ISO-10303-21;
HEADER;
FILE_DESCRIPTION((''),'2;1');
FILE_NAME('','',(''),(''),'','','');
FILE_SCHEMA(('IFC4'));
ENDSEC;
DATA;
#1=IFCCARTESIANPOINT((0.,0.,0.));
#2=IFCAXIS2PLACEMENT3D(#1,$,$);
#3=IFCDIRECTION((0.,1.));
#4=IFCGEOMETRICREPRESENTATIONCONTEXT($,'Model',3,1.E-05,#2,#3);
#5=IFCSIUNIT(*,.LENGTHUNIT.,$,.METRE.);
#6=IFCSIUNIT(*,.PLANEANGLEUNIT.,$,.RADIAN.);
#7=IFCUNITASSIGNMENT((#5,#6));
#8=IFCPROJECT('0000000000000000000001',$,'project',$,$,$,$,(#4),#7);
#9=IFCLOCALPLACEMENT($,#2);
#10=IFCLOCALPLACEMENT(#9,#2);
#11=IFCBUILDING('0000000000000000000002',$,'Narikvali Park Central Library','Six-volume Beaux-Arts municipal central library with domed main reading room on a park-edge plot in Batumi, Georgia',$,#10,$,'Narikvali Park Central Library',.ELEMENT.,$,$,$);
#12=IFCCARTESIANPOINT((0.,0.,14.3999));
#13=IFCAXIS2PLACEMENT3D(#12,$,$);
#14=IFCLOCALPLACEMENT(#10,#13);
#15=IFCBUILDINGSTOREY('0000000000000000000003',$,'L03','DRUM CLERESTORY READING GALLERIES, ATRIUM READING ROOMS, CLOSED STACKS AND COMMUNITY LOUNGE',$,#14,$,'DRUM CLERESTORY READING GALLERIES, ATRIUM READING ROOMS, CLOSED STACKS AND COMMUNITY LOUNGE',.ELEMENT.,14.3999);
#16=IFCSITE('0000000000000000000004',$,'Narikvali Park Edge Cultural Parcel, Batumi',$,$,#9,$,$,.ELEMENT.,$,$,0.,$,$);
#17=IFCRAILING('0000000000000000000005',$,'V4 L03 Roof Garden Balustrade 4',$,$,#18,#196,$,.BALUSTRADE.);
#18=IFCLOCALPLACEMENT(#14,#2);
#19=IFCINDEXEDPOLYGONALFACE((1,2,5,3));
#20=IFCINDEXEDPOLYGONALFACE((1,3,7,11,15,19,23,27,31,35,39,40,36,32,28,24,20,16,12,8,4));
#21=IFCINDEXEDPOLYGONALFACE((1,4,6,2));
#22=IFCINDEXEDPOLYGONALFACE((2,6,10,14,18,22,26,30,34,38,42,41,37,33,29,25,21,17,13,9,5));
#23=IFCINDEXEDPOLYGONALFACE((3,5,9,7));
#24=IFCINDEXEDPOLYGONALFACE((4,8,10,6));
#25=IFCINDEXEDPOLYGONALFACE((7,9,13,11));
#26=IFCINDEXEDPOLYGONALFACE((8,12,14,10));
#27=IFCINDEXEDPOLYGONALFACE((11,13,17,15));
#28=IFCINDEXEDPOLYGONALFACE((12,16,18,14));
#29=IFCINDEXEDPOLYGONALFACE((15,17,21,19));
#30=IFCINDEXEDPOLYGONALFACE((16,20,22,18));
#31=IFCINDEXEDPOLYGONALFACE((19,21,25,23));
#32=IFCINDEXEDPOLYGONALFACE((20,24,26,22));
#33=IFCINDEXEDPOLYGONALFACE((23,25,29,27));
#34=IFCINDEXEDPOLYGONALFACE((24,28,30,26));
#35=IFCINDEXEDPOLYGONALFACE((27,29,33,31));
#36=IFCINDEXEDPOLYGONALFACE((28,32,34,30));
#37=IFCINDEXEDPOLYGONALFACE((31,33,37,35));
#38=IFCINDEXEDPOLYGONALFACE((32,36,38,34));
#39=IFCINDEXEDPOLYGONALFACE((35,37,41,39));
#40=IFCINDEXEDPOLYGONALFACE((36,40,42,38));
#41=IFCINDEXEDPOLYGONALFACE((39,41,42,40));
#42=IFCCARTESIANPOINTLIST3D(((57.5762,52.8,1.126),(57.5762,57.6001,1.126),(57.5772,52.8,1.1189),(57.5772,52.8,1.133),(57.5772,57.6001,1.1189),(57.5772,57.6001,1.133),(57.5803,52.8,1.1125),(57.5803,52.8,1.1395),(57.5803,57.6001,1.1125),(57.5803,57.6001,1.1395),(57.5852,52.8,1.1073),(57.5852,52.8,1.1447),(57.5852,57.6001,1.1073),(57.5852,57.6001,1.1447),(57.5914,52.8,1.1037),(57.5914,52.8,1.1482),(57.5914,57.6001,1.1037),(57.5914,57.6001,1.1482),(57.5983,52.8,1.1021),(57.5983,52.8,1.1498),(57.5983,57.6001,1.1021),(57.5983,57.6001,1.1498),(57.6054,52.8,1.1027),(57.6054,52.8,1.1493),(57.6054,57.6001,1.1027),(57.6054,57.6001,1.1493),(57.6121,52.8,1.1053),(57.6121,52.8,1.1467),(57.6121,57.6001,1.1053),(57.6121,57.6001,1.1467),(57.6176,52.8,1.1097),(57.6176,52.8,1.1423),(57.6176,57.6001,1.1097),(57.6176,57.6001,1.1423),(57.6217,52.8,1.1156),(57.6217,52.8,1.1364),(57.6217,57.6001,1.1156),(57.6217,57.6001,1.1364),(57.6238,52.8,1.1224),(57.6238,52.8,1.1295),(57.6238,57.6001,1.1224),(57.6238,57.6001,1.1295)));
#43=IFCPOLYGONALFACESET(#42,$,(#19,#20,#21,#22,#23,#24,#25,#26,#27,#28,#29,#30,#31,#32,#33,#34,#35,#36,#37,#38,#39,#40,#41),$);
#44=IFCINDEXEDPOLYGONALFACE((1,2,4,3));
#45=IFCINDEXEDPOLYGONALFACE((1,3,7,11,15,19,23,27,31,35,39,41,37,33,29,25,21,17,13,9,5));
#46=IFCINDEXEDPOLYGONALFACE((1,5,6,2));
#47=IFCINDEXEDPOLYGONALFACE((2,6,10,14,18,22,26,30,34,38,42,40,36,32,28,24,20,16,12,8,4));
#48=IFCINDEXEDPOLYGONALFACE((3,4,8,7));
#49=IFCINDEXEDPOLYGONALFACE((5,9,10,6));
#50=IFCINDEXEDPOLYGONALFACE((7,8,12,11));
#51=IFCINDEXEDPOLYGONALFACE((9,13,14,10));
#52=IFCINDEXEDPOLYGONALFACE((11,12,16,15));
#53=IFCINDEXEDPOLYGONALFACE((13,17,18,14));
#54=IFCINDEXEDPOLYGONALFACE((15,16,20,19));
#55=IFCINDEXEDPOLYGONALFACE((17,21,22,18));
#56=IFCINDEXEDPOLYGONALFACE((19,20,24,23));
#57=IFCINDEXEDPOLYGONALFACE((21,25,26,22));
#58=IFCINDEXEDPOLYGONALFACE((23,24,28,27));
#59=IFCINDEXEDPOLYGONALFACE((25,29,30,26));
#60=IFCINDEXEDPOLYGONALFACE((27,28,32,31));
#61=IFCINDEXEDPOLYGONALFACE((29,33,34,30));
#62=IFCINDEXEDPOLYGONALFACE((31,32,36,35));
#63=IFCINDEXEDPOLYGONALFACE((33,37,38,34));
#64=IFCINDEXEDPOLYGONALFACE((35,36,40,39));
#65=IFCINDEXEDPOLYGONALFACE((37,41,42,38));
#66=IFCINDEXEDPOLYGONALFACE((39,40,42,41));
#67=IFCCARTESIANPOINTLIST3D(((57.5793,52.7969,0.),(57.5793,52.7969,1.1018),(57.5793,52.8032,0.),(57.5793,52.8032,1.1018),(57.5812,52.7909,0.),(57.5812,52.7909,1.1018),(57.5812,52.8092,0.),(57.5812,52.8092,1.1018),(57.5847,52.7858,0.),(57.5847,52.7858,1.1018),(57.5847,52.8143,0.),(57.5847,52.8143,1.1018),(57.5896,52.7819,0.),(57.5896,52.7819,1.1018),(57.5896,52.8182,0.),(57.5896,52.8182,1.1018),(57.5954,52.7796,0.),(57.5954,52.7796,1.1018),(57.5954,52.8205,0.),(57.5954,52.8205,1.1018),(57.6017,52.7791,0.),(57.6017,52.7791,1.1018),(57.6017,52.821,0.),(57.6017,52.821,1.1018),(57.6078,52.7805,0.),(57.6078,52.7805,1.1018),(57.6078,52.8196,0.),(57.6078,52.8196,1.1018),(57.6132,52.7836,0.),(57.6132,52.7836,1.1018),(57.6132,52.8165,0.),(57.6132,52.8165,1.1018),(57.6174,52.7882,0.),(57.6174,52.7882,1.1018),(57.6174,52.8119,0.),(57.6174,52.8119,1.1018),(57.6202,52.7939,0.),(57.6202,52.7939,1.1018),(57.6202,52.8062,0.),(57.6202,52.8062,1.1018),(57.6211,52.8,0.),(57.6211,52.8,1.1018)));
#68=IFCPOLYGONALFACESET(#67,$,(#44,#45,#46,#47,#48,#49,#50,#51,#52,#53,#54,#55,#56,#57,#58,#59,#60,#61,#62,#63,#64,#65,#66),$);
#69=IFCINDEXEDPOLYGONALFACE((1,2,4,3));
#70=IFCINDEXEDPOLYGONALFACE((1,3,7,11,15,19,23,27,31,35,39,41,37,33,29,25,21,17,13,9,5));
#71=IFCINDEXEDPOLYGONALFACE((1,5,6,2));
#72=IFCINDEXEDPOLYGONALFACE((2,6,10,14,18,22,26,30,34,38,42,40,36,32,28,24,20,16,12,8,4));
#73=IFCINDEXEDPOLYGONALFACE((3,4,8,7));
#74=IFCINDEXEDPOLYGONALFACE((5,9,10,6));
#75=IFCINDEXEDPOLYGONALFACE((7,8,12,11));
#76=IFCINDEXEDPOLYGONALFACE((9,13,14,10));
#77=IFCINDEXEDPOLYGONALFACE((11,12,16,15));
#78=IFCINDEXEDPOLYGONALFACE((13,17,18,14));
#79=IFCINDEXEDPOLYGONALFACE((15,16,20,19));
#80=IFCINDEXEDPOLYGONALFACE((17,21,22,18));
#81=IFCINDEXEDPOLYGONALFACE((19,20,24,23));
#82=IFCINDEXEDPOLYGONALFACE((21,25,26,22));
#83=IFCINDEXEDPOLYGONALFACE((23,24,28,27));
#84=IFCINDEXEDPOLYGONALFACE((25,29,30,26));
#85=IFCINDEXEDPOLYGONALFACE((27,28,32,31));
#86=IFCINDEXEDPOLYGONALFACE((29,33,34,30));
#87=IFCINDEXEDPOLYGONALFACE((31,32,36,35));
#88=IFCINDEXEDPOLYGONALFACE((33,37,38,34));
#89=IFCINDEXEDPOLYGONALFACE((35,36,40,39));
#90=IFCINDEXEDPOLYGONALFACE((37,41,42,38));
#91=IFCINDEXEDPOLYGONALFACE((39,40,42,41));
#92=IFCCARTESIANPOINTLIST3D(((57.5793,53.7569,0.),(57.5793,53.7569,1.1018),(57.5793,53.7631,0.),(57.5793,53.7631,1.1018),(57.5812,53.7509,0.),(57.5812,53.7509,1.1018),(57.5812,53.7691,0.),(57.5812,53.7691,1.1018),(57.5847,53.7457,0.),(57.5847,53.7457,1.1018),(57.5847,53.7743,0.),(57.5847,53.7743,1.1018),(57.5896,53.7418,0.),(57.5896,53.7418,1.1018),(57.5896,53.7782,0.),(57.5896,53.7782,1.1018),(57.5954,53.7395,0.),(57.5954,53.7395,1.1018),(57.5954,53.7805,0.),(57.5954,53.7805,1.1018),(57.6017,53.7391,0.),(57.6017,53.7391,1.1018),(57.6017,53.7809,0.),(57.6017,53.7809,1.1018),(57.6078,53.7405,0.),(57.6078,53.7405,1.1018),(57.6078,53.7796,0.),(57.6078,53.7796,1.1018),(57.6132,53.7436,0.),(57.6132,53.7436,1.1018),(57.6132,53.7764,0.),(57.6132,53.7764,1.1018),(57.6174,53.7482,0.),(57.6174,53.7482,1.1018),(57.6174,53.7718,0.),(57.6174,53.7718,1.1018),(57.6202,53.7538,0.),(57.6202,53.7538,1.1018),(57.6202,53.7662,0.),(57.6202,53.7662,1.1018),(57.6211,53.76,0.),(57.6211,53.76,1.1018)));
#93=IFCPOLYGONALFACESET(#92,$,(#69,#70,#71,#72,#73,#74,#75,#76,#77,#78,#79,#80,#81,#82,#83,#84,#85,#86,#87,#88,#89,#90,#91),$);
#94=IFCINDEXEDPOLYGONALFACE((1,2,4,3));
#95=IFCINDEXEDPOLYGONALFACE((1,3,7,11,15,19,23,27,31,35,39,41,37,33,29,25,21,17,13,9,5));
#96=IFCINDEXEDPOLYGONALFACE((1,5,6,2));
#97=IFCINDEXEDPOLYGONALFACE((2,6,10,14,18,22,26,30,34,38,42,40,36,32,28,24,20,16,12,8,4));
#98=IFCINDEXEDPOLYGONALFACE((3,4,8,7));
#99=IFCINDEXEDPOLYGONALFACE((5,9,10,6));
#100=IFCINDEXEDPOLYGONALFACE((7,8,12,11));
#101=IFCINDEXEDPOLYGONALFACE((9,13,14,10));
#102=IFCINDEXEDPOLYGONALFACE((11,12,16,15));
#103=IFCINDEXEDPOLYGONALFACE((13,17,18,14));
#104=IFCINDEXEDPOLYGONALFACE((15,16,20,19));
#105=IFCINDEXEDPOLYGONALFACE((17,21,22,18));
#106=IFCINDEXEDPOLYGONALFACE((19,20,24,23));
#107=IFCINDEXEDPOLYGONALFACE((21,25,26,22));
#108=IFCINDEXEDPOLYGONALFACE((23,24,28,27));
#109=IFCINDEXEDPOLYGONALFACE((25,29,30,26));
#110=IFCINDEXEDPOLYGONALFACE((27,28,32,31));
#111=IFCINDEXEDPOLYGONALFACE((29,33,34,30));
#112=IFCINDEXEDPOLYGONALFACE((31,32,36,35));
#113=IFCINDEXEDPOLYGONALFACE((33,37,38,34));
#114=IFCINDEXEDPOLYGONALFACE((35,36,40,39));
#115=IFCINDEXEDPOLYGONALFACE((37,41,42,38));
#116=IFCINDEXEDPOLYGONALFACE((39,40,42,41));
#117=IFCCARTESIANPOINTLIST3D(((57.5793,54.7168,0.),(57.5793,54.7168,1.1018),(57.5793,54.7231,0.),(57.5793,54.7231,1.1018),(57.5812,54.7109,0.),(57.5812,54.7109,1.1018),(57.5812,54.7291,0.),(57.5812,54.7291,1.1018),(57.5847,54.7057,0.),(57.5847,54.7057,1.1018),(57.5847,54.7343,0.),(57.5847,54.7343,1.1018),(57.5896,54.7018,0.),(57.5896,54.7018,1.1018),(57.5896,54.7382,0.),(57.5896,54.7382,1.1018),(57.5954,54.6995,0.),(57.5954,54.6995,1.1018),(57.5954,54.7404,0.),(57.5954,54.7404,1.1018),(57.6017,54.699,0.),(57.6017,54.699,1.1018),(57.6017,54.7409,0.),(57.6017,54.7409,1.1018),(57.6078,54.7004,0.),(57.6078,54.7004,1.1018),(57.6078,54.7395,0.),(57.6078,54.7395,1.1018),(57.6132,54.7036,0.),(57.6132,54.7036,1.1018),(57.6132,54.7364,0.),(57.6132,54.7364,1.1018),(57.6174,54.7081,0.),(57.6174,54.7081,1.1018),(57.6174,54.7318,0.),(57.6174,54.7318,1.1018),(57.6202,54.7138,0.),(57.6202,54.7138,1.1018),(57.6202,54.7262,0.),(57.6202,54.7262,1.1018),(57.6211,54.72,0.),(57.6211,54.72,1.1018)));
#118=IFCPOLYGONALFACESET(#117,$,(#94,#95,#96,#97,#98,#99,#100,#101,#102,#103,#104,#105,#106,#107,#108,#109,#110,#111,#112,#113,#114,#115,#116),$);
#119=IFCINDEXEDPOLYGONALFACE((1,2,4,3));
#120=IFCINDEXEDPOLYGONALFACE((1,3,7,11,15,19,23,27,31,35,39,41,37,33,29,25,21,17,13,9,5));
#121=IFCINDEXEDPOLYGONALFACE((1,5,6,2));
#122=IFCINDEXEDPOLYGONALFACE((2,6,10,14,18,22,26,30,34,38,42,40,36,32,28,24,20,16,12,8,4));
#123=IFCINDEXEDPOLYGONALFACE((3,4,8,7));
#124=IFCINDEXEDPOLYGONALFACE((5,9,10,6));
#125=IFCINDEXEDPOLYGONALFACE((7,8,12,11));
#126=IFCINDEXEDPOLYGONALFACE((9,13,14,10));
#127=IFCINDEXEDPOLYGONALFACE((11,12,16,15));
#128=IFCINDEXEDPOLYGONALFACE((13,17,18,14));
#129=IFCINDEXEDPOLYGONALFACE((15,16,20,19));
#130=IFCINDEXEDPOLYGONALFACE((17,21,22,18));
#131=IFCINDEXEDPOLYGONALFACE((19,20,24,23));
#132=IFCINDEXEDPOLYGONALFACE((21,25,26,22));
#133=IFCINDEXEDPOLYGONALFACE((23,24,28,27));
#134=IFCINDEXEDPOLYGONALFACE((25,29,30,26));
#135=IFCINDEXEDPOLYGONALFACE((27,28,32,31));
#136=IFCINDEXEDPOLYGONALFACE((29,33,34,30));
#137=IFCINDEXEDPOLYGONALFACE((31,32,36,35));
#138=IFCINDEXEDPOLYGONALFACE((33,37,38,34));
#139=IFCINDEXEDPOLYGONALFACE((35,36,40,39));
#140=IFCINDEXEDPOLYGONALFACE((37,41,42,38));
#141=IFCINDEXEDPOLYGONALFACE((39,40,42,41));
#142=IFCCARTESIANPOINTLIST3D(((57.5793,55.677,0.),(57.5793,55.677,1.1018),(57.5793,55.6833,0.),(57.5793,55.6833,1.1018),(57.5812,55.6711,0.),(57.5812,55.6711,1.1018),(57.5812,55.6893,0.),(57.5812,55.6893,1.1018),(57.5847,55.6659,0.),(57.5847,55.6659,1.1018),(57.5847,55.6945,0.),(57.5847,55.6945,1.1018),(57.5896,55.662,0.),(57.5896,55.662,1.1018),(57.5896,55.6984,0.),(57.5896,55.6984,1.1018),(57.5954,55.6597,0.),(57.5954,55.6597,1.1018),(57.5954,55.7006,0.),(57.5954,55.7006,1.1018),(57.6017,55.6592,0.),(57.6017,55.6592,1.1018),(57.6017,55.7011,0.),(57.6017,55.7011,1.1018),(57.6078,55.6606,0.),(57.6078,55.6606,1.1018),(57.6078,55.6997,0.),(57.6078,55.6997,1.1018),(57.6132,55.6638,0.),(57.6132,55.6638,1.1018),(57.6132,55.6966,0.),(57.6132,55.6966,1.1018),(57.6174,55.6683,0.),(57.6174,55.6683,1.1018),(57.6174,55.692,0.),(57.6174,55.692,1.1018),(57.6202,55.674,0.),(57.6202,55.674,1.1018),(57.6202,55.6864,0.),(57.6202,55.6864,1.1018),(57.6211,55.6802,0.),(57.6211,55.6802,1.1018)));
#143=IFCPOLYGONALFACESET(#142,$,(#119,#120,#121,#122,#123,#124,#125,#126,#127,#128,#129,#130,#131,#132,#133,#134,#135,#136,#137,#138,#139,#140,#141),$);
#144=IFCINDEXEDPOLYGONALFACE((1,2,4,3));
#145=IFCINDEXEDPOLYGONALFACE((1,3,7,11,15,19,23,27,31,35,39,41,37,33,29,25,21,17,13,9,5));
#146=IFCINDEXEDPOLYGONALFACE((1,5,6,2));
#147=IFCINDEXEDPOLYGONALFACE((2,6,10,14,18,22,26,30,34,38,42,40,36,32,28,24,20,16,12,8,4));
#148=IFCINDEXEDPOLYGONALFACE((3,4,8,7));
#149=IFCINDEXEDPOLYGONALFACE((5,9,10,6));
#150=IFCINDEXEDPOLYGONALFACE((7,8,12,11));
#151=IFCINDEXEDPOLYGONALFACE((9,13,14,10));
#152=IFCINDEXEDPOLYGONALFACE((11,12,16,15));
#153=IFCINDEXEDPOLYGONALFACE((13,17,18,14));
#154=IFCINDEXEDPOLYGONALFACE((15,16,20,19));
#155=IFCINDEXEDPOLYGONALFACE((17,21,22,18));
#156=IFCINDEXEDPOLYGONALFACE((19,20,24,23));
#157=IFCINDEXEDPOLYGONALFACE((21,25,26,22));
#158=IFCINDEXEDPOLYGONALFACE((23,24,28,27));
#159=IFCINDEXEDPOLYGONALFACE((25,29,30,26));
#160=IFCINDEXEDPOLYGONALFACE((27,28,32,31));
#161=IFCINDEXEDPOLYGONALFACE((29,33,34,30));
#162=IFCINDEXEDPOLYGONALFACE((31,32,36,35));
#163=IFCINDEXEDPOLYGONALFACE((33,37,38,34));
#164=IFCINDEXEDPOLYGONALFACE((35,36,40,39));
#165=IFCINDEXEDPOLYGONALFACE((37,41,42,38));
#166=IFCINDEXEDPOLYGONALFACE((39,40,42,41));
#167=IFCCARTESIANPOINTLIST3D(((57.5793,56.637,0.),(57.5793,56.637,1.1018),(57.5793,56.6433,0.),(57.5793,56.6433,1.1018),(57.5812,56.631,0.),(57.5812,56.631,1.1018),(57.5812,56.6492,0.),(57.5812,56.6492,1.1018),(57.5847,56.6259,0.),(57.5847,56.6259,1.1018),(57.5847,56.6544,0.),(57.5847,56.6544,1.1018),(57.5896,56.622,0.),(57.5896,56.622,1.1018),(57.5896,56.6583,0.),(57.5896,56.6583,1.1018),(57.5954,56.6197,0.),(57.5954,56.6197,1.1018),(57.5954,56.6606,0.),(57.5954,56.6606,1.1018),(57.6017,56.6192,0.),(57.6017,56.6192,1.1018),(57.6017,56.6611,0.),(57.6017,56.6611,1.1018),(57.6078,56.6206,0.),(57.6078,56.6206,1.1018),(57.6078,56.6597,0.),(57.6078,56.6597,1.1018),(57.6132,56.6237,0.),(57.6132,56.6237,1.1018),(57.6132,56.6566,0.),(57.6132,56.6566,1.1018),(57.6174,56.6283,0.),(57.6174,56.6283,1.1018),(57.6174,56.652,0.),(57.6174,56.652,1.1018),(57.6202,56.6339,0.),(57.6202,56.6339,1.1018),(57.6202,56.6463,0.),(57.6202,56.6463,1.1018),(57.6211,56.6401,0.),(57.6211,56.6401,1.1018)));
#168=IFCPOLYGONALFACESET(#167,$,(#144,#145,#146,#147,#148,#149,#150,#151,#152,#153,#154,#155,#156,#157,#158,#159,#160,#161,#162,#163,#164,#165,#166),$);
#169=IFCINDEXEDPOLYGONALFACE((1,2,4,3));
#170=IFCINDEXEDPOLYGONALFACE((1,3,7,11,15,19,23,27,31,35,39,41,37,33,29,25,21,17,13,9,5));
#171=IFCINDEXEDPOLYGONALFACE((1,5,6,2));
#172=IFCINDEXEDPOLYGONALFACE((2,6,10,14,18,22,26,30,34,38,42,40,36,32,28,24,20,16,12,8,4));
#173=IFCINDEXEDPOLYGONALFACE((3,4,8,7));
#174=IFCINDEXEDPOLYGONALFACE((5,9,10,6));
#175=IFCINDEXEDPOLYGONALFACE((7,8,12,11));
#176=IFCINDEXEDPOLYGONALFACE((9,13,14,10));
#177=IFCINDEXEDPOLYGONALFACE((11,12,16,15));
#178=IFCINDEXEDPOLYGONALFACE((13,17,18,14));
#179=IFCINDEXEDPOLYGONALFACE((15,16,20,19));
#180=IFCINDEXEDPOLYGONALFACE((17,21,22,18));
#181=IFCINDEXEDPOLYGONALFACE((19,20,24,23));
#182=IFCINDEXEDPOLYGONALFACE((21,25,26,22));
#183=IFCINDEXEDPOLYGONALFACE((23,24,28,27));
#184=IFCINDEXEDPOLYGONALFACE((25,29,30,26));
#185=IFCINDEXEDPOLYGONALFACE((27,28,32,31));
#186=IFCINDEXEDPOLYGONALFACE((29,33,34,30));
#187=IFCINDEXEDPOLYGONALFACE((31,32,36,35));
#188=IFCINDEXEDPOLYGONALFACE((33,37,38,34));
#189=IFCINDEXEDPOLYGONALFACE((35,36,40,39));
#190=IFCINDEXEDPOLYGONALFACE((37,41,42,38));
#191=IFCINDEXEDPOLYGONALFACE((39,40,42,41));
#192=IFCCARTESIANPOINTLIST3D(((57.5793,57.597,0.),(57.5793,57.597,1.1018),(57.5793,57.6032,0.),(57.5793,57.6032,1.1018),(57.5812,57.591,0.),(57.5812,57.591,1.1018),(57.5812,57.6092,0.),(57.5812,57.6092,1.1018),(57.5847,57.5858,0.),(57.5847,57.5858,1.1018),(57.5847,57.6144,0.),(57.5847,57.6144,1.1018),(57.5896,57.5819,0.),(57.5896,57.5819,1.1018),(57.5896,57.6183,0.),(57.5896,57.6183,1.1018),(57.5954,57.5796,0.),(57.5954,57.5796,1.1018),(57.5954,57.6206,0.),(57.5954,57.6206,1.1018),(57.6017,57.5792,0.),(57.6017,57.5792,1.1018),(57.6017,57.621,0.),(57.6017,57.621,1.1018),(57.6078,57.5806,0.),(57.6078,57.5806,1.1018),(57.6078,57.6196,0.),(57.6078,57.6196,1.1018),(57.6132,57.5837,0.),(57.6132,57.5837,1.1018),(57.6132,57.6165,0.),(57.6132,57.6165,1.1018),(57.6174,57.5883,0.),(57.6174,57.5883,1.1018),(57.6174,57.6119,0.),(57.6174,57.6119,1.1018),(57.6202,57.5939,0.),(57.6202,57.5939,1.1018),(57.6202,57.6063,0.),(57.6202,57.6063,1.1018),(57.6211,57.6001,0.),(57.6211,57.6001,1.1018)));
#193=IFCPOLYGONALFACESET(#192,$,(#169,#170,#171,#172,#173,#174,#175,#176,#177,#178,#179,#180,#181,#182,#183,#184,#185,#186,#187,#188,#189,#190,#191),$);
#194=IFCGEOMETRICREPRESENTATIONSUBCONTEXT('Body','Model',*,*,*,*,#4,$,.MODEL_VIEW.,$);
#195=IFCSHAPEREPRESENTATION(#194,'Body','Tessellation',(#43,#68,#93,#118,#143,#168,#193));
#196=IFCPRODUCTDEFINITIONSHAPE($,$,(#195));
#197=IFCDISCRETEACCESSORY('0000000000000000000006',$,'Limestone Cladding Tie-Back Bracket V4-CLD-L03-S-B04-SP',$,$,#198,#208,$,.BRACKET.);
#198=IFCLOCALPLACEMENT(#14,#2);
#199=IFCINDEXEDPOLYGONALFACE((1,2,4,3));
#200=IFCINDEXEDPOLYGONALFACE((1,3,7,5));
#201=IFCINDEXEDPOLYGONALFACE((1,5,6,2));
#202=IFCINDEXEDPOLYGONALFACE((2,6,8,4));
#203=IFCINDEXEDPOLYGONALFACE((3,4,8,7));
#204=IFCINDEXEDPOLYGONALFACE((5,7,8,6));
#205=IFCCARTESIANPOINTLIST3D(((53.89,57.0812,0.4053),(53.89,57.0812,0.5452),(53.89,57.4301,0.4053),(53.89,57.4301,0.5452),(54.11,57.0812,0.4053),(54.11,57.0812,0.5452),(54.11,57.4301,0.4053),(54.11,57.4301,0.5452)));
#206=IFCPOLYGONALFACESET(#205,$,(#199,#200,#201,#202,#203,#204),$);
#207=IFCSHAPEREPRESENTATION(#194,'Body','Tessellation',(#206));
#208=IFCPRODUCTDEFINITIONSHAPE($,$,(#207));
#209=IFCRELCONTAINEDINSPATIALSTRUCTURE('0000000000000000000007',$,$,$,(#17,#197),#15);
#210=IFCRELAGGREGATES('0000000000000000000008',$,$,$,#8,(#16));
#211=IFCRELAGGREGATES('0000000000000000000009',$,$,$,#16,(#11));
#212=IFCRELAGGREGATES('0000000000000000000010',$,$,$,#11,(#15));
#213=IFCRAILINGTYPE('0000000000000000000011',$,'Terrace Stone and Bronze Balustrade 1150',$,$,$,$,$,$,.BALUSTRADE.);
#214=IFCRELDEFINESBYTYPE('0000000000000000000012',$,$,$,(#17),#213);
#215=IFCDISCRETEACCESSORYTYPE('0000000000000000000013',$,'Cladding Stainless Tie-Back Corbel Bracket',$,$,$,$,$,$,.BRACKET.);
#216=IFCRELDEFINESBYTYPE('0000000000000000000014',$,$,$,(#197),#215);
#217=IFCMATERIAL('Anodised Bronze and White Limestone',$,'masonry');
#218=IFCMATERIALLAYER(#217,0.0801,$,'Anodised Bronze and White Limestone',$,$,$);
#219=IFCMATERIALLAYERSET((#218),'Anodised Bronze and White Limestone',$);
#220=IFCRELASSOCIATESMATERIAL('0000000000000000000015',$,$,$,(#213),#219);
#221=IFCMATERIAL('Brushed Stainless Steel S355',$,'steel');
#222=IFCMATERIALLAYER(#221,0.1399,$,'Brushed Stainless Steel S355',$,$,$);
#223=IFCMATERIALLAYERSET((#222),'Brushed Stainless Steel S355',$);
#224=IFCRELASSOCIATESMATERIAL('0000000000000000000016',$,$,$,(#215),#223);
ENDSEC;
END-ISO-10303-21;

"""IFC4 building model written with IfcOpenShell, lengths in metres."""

from ifc_helpers import new_model, si_unit, direction, frame, origin, origin_2d, place, context, subcontext, project, spatial, rectangle, circle, extrude, material, layer, layer_set, type_object, element, save


model = new_model("IFC4")

# Units and contexts
model_context = context("Model", 3, precision=1e-05, world=origin(), true_north=direction((0.0, 1.0)))
body_context = subcontext(model_context, "Body", "Model", "MODEL_VIEW")
ifc_project = project(units=[si_unit("LENGTHUNIT", "METRE"), si_unit("PLANEANGLEUNIT", "RADIAN")], contexts=[model_context])

# Site, building, storey
site_placement = place(None, origin())
site = spatial("IfcSite", under=ifc_project, at=site_placement, Name="Narikvali Park Edge Cultural Parcel, Batumi", CompositionType="ELEMENT", RefElevation=0.0)
building_placement = place(site_placement, origin())
building = spatial("IfcBuilding", under=site, at=building_placement, Name="Narikvali Park Central Library", Description="Six-volume Beaux-Arts municipal central library with domed main reading room on a park-edge plot in Batumi, Georgia", LongName="Narikvali Park Central Library", CompositionType="ELEMENT")
storey_placement = place(building_placement, frame((0.0, 0.0, 14.3999)))
storey = spatial("IfcBuildingStorey", under=building, at=storey_placement, Name="L03", Description="DRUM CLERESTORY READING GALLERIES, ATRIUM READING ROOMS, CLOSED STACKS AND COMMUNITY LOUNGE", LongName="DRUM CLERESTORY READING GALLERIES, ATRIUM READING ROOMS, CLOSED STACKS AND COMMUNITY LOUNGE", CompositionType="ELEMENT", Elevation=14.3999)

# Railing
ifc_material_1 = material(Name="Anodised Bronze and White Limestone", Category="masonry")
ifc_layer_1 = layer(ifc_material_1, 0.0801, Name="Anodised Bronze and White Limestone")
ifc_layer_set_1 = layer_set([ifc_layer_1], Name="Anodised Bronze and White Limestone")
railing_type_1 = type_object("IfcRailingType", Name="Terrace Stone and Bronze Balustrade 1150", PredefinedType="BALUSTRADE", material=ifc_layer_set_1)
railing_1_placement = place(storey_placement, frame((57.6001, 52.8, 0.0)))
element("IfcRailing", 1, at=railing_1_placement, inside=storey, type_object=railing_type_1, Name="V4 L03 Roof Garden Balustrade 4", PredefinedType="BALUSTRADE", context=body_context, shape_type="SweptSolid", body=[
    extrude(circle(Radius=0.0239, at=origin_2d()), frame((0.0, 0.0, 1.126), z_axis=(0.0, 1.0, 0.0), x_axis=(-1.0, 0.0, 0.0)), (0.0, 0.0, 1.0), 4.8),
    extrude(circle(Radius=0.021, at=origin_2d()), origin(), (0.0, 0.0, 1.0), 1.1018),
    extrude(circle(Radius=0.021, at=origin_2d()), frame((0.0, 0.96, 0.0)), (0.0, 0.0, 1.0), 1.1018),
    extrude(circle(Radius=0.021, at=origin_2d()), frame((0.0, 1.9199, 0.0)), (0.0, 0.0, 1.0), 1.1018),
    extrude(circle(Radius=0.021, at=origin_2d()), frame((0.0, 2.8801, 0.0)), (0.0, 0.0, 1.0), 1.1018),
    extrude(circle(Radius=0.021, at=origin_2d()), frame((0.0, 3.8401, 0.0)), (0.0, 0.0, 1.0), 1.1018),
    extrude(circle(Radius=0.021, at=origin_2d()), frame((0.0, 4.8, 0.0)), (0.0, 0.0, 1.0), 1.1018),
])

# Discrete accessory
ifc_material_2 = material(Name="Brushed Stainless Steel S355", Category="steel")
ifc_layer_2 = layer(ifc_material_2, 0.1399, Name="Brushed Stainless Steel S355")
ifc_layer_set_2 = layer_set([ifc_layer_2], Name="Brushed Stainless Steel S355")
discrete_accessory_type = type_object("IfcDiscreteAccessoryType", Name="Cladding Stainless Tie-Back Corbel Bracket", PredefinedType="BRACKET", material=ifc_layer_set_2)
discrete_accessory_1_placement = place(storey_placement, frame((54.0, 57.2556, 0.4053), z_axis=(0.0, 0.0, 1.0), x_axis=(1.0, 0.0, 0.0)))
element("IfcDiscreteAccessory", 2, at=discrete_accessory_1_placement, inside=storey, type_object=discrete_accessory_type, Name="Limestone Cladding Tie-Back Bracket V4-CLD-L03-S-B04-SP", PredefinedType="BRACKET", context=body_context, shape_type="SweptSolid", body=[
    extrude(rectangle(XDim=0.22, YDim=0.3489, at=origin_2d()), origin(), (0.0, 0.0, 1.0), 0.1399),
])

save(model, "model.ifc")
